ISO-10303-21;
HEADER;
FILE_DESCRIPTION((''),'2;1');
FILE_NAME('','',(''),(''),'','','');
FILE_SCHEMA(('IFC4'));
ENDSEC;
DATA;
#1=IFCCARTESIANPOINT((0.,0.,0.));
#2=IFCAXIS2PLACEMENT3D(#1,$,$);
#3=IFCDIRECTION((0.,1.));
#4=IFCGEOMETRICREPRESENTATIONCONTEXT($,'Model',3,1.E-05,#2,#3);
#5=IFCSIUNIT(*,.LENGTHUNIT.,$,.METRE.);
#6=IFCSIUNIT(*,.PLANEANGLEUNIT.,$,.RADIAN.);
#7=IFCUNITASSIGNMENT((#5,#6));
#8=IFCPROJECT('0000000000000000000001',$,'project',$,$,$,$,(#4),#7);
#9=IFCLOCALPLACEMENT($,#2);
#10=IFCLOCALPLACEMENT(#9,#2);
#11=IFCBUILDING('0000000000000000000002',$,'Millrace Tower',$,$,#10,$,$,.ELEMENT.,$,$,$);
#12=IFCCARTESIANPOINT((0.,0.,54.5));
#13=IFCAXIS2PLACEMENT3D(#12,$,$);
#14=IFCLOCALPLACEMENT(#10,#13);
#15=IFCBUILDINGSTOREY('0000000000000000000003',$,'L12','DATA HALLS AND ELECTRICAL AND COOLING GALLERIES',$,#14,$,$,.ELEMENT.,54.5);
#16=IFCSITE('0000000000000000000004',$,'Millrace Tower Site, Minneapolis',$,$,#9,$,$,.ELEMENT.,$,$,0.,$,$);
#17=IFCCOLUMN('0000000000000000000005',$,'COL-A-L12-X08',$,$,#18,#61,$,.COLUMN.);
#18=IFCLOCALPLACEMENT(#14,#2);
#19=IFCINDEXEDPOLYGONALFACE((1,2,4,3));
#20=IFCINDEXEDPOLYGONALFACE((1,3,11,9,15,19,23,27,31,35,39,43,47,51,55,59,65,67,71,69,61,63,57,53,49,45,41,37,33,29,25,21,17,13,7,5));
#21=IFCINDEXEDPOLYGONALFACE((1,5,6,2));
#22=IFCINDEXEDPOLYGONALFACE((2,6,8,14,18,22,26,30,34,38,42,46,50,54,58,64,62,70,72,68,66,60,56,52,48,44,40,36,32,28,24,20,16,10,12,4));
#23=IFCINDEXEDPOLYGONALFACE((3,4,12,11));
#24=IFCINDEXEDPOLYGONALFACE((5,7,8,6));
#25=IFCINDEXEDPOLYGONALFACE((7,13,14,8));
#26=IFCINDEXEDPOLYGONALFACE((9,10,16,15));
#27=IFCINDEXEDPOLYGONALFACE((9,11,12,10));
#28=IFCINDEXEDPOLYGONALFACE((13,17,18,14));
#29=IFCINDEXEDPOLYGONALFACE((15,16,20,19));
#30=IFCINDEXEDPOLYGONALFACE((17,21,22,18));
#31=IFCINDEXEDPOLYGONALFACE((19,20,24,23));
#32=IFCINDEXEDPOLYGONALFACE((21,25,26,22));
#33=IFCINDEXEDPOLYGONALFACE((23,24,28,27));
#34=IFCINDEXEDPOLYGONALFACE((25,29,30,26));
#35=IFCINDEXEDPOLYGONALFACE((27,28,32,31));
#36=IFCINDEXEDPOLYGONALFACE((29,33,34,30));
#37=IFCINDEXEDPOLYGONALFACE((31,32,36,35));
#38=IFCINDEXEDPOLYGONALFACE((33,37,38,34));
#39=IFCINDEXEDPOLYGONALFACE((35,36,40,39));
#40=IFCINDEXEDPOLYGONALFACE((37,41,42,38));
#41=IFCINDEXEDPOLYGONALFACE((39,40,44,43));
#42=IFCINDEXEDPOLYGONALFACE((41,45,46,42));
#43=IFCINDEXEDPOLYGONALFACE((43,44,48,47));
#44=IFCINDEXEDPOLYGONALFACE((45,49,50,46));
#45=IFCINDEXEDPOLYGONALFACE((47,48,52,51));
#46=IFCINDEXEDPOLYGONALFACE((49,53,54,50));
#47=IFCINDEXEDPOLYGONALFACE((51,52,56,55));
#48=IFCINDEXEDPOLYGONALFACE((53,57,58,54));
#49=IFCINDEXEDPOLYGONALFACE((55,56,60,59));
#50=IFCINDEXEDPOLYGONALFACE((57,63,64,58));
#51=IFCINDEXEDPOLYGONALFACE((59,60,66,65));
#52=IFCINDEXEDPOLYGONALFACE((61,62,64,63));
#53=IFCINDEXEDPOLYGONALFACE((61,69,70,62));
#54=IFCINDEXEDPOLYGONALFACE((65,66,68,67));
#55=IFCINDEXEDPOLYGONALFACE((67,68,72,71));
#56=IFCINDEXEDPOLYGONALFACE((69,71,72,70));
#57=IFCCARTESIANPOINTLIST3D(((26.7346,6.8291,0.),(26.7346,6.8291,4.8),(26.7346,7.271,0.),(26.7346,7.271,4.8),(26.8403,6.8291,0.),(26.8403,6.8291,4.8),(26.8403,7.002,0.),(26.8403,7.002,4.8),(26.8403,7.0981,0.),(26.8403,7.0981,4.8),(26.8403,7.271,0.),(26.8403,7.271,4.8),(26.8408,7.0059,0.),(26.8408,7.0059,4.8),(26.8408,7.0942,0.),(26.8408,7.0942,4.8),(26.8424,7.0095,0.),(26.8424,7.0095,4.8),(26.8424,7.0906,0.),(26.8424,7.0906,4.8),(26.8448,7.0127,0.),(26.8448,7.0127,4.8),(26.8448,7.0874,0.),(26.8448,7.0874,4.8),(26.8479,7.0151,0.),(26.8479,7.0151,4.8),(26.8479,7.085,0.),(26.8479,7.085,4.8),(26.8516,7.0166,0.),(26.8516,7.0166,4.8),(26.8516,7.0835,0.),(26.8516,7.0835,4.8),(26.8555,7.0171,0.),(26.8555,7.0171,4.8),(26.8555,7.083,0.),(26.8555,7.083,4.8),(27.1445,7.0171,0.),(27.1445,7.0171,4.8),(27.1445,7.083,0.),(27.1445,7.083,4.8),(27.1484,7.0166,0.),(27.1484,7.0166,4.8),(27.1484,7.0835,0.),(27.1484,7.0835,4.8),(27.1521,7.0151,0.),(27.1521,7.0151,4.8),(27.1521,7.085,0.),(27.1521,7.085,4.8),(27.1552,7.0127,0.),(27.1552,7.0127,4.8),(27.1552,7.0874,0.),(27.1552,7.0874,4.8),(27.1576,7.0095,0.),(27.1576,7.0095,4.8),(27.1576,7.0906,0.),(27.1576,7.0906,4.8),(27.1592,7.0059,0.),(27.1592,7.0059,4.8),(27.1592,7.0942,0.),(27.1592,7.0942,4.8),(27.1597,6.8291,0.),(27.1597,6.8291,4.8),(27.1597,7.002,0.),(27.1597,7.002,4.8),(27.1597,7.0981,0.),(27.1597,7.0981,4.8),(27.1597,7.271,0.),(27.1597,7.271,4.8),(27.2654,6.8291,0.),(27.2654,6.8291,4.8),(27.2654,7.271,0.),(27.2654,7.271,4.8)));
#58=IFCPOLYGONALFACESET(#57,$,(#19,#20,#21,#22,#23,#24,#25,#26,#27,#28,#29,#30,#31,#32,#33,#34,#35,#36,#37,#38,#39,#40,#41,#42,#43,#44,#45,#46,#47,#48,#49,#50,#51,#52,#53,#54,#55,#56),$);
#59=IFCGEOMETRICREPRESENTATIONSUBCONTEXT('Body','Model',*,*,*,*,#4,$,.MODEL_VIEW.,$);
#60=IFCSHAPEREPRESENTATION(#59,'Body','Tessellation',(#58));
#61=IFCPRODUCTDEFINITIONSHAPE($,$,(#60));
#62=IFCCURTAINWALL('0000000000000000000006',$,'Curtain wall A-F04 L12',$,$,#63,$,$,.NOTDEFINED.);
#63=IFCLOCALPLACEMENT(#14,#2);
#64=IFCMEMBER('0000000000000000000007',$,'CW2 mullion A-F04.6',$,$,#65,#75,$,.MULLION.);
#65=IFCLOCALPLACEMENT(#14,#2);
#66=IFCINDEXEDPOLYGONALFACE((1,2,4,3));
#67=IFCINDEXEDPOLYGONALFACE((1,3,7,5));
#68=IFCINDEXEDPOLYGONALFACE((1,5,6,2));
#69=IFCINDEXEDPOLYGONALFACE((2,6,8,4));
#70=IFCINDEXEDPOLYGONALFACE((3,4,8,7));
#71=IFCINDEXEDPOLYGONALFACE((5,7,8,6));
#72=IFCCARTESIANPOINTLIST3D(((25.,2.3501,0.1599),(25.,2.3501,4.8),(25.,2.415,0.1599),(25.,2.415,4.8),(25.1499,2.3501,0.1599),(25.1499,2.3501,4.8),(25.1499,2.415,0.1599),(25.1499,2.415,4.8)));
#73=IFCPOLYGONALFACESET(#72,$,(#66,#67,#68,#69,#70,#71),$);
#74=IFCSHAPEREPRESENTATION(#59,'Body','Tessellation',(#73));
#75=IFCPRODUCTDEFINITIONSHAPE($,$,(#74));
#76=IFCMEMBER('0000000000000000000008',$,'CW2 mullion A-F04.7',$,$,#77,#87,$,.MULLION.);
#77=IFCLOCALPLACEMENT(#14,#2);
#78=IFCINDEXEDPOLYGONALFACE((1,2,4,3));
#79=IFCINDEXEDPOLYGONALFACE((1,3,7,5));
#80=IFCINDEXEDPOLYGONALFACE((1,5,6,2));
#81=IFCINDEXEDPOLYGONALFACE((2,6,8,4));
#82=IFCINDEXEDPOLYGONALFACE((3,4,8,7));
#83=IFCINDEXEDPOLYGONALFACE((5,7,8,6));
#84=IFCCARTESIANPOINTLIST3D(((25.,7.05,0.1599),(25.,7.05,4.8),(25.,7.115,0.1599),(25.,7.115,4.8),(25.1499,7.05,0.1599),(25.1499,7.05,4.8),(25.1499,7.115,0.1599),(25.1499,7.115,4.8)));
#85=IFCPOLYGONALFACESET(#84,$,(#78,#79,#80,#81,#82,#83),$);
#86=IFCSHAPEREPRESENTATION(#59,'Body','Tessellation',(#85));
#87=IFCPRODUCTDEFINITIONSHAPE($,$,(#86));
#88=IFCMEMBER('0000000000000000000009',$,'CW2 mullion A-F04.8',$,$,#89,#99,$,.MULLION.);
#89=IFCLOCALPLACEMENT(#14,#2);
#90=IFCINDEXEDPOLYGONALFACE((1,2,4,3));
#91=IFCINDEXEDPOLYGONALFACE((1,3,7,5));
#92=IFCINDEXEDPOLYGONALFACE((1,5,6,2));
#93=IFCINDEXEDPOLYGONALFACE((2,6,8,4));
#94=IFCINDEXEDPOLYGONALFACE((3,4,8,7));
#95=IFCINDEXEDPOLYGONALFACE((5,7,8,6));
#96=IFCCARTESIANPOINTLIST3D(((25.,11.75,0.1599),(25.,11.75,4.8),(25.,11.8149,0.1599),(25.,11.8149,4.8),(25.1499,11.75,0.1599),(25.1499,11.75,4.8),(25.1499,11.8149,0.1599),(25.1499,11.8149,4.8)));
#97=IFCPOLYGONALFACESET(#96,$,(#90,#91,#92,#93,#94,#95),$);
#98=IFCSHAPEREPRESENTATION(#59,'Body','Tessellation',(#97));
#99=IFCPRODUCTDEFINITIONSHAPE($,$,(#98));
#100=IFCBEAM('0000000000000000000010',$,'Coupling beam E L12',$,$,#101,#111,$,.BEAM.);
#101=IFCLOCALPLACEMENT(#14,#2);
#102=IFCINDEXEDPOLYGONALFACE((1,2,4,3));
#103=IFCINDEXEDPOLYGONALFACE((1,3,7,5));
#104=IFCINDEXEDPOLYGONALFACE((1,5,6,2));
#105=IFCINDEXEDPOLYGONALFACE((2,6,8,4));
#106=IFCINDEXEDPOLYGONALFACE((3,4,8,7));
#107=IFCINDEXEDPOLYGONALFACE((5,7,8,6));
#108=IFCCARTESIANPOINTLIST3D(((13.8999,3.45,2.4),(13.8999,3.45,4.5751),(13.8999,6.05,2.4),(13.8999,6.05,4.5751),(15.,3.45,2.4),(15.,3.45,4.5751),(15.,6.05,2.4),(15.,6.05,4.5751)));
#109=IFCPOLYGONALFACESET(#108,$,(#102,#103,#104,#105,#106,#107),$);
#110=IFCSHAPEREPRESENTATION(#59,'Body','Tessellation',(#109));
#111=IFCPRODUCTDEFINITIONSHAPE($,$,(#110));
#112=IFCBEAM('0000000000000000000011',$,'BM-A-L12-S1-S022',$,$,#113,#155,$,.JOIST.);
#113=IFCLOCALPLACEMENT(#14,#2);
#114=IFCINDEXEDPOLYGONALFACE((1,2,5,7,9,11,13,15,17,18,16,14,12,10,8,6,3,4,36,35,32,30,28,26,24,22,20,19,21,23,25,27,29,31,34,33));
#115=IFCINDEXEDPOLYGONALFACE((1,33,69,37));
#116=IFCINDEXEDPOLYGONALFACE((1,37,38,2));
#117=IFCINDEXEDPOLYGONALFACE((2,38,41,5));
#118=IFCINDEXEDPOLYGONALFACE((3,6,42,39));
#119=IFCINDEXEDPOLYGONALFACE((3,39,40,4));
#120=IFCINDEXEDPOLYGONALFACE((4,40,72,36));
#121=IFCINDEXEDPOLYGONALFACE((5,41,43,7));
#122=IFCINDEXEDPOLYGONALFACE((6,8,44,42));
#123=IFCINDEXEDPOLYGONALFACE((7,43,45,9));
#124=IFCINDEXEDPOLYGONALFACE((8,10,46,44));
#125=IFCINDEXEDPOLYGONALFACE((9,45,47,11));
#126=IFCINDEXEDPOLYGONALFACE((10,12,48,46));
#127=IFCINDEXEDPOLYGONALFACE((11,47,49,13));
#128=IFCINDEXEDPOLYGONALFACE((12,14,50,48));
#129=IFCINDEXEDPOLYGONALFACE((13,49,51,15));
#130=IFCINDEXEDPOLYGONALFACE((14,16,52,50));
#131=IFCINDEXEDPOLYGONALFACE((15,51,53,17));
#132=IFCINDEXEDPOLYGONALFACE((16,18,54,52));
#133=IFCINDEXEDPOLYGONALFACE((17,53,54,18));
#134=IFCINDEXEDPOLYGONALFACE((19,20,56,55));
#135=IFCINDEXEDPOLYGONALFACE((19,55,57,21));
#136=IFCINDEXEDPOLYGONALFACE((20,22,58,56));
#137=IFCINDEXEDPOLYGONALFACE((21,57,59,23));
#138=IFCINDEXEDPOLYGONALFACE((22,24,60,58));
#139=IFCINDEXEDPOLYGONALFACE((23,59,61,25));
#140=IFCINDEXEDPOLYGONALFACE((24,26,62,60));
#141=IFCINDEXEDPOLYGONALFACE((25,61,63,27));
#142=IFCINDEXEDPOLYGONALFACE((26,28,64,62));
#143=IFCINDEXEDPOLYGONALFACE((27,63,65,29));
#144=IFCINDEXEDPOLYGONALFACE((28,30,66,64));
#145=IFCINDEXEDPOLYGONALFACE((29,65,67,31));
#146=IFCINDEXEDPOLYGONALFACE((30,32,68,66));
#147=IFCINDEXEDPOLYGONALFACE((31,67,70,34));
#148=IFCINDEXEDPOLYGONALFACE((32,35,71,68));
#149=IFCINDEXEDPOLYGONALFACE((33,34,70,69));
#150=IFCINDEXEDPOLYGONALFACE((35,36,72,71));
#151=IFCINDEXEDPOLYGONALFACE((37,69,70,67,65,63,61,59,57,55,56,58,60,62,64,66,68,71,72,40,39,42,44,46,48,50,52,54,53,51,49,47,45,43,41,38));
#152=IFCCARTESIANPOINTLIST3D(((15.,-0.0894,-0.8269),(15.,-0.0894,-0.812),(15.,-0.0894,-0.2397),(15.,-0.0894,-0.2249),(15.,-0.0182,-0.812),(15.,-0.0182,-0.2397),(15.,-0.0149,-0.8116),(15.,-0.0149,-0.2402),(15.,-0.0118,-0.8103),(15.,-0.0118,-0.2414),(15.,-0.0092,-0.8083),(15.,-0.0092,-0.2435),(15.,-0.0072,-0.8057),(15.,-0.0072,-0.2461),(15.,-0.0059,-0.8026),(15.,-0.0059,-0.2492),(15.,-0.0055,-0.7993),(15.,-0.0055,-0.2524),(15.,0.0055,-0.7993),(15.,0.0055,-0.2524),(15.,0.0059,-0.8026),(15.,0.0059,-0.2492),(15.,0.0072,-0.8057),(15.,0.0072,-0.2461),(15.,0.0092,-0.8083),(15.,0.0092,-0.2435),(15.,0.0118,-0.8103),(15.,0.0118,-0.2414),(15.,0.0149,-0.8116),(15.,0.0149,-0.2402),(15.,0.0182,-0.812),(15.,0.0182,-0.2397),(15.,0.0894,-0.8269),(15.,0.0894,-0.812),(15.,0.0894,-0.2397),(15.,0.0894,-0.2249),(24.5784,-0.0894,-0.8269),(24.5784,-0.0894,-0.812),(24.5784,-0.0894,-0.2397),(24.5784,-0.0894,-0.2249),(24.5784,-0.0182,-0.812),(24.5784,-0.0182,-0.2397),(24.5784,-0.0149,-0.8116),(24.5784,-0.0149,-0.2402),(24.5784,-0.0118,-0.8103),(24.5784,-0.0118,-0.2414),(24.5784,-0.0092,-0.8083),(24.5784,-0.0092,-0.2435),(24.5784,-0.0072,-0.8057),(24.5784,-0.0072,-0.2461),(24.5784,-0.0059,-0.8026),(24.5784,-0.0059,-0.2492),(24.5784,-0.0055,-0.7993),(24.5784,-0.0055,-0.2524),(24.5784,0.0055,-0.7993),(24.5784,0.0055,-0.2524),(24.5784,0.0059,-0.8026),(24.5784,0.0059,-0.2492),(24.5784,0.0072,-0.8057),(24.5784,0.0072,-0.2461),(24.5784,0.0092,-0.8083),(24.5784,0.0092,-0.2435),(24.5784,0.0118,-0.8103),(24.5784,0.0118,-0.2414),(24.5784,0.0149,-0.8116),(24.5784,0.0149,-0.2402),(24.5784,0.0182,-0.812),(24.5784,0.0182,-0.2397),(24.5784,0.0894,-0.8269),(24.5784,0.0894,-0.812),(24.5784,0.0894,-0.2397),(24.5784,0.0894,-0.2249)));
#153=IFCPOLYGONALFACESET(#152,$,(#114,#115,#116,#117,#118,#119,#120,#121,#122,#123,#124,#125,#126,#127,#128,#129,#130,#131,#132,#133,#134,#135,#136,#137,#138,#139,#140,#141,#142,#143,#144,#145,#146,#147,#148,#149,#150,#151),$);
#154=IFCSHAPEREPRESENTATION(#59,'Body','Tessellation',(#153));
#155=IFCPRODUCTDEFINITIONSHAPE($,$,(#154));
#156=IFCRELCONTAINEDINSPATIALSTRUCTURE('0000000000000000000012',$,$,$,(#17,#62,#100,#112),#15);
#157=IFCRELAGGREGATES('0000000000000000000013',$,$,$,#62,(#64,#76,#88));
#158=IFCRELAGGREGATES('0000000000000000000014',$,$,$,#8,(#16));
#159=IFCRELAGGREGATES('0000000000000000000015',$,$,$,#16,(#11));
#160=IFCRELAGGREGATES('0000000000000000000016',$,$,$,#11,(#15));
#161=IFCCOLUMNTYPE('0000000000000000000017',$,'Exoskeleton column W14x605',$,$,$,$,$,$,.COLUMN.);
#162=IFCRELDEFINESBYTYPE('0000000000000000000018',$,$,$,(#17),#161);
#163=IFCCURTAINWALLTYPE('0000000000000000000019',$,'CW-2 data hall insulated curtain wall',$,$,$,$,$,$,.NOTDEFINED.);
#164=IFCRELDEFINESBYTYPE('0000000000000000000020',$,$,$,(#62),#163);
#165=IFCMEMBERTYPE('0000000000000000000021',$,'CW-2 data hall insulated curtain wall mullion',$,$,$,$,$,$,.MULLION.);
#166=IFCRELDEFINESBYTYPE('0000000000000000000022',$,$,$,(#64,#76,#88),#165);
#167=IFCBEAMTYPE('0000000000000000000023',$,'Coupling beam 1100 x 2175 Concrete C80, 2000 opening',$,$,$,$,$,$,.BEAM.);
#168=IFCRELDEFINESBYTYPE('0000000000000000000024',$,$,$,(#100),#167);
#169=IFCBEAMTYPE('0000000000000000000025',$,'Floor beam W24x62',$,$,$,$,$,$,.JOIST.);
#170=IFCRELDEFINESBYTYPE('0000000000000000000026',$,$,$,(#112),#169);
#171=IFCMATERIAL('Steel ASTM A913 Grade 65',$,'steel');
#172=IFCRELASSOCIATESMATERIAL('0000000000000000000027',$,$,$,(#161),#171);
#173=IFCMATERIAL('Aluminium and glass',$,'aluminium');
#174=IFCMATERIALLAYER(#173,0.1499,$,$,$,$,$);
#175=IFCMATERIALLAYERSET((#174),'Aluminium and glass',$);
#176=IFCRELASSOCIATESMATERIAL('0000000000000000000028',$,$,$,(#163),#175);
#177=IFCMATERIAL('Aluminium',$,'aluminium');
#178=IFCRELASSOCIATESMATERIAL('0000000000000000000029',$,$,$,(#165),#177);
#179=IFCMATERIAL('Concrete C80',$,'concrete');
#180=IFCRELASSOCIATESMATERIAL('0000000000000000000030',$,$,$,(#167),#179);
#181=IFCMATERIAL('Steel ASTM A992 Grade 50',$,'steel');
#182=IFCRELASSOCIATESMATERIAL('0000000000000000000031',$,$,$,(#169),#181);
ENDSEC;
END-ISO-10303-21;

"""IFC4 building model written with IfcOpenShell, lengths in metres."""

from ifc_helpers import new_model, si_unit, direction, frame, origin, origin_2d, place, context, subcontext, project, spatial, rectangle, i_section, extrude, material, layer, layer_set, material_profile, profile_set, type_object, element, aggregate, save


model = new_model("IFC4")

# Units and contexts
model_context = context("Model", 3, precision=1e-05, world=origin(), true_north=direction((0.0, 1.0)))
body_context = subcontext(model_context, "Body", "Model", "MODEL_VIEW")
ifc_project = project(units=[si_unit("LENGTHUNIT", "METRE"), si_unit("PLANEANGLEUNIT", "RADIAN")], contexts=[model_context])

# Site, building, storey
site_placement = place(None, origin())
site = spatial("IfcSite", under=ifc_project, at=site_placement, Name="Millrace Tower Site, Minneapolis", CompositionType="ELEMENT", RefElevation=0.0)
building_placement = place(site_placement, origin())
building = spatial("IfcBuilding", under=site, at=building_placement, Name="Millrace Tower", CompositionType="ELEMENT")
storey_placement = place(building_placement, frame((0.0, 0.0, 54.5)))
storey = spatial("IfcBuildingStorey", under=building, at=storey_placement, Name="L12", Description="DATA HALLS AND ELECTRICAL AND COOLING GALLERIES", CompositionType="ELEMENT", Elevation=54.5)

# Column
ifc_material_1 = material(Name="Steel ASTM A913 Grade 65", Category="steel")
ifc_material_profile_1 = material_profile(ifc_material_1, i_section(OverallWidth=0.4419, OverallDepth=0.5308, WebThickness=0.0659, FlangeThickness=0.1057, FilletRadius=0.0151, at=origin_2d()))
ifc_profile_set_1 = profile_set([ifc_material_profile_1], Name="Steel ASTM A913 Grade 65")
column_type = type_object("IfcColumnType", Name="Exoskeleton column W14x605", PredefinedType="COLUMN", material=ifc_profile_set_1)
column_placement = place(storey_placement, frame((27.0, 7.05, 0.0), z_axis=(0.0, 0.0, 1.0), x_axis=(0.0, 1.0, 0.0)))
element("IfcColumn", 1, at=column_placement, inside=storey, type_object=column_type, Name="COL-A-L12-X08", PredefinedType="COLUMN", context=body_context, shape_type="SweptSolid", body=[
    extrude(i_section(OverallWidth=0.4419, OverallDepth=0.5308, WebThickness=0.0659, FlangeThickness=0.1057, FilletRadius=0.0151, at=origin_2d()), origin(), (0.0, 0.0, 1.0), 4.8),
])

# Curtain wall, members
ifc_material_2 = material(Name="Aluminium and glass", Category="aluminium")
ifc_layer_1 = layer(ifc_material_2, 0.1499)
ifc_layer_set_1 = layer_set([ifc_layer_1], Name="Aluminium and glass")
curtain_wall_type = type_object("IfcCurtainWallType", Name="CW-2 data hall insulated curtain wall", PredefinedType="NOTDEFINED", material=ifc_layer_set_1)
curtain_wall_placement = place(storey_placement, origin())
curtain_wall = element("IfcCurtainWall", 2, at=curtain_wall_placement, inside=storey, type_object=curtain_wall_type, Name="Curtain wall A-F04 L12", PredefinedType="NOTDEFINED")
ifc_material_3 = material(Name="Aluminium", Category="aluminium")
ifc_material_profile_2 = material_profile(ifc_material_3, rectangle(XDim=0.0649, YDim=0.1499, at=origin_2d()))
ifc_profile_set_2 = profile_set([ifc_material_profile_2], Name="Aluminium")
member_type = type_object("IfcMemberType", Name="CW-2 data hall insulated curtain wall mullion", PredefinedType="MULLION", material=ifc_profile_set_2)
member_1_placement = place(storey_placement, frame((25.075, 2.3826, 0.1599), z_axis=(0.0, 0.0, 1.0), x_axis=(0.0, 1.0, 0.0)))
member_1 = element("IfcMember", 3, at=member_1_placement, type_object=member_type, Name="CW2 mullion A-F04.6", PredefinedType="MULLION", context=body_context, shape_type="SweptSolid", body=[
    extrude(rectangle(XDim=0.0649, YDim=0.1499, at=origin_2d()), origin(), (0.0, 0.0, 1.0), 4.6401),
])
member_2_placement = place(storey_placement, frame((25.075, 7.0825, 0.1599), z_axis=(0.0, 0.0, 1.0), x_axis=(0.0, 1.0, 0.0)))
member_2 = element("IfcMember", 4, at=member_2_placement, type_object=member_type, Name="CW2 mullion A-F04.7", PredefinedType="MULLION", context=body_context, shape_type="SweptSolid", body=[
    extrude(rectangle(XDim=0.0649, YDim=0.1499, at=origin_2d()), origin(), (0.0, 0.0, 1.0), 4.6401),
])
member_3_placement = place(storey_placement, frame((25.075, 11.7825, 0.1599), z_axis=(0.0, 0.0, 1.0), x_axis=(0.0, 1.0, 0.0)))
member_3 = element("IfcMember", 5, at=member_3_placement, type_object=member_type, Name="CW2 mullion A-F04.8", PredefinedType="MULLION", context=body_context, shape_type="SweptSolid", body=[
    extrude(rectangle(XDim=0.0649, YDim=0.1499, at=origin_2d()), origin(), (0.0, 0.0, 1.0), 4.6401),
])
aggregate(curtain_wall, [member_1, member_2, member_3])

# Beams
ifc_material_4 = material(Name="Concrete C80", Category="concrete")
ifc_material_profile_3 = material_profile(ifc_material_4, rectangle(XDim=1.1001, YDim=2.175, at=origin_2d()))
ifc_profile_set_3 = profile_set([ifc_material_profile_3], Name="Concrete C80")
beam_type_1 = type_object("IfcBeamType", Name="Coupling beam 1100 x 2175 Concrete C80, 2000 opening", PredefinedType="BEAM", material=ifc_profile_set_3)
beam_1_placement = place(storey_placement, frame((14.45, 6.05, 3.4875), z_axis=(0.0, -1.0, 0.0), x_axis=(1.0, 0.0, 0.0)))
element("IfcBeam", 6, at=beam_1_placement, inside=storey, type_object=beam_type_1, Name="Coupling beam E L12", PredefinedType="BEAM", context=body_context, shape_type="SweptSolid", body=[
    extrude(rectangle(XDim=1.1001, YDim=2.175, at=origin_2d()), origin(), (0.0, 0.0, 1.0), 2.6001),
])
ifc_material_5 = material(Name="Steel ASTM A992 Grade 50", Category="steel")
ifc_material_profile_4 = material_profile(ifc_material_5, i_section(OverallWidth=0.1787, OverallDepth=0.6021, WebThickness=0.011, FlangeThickness=0.0149, FilletRadius=0.0127, at=origin_2d()))
ifc_profile_set_4 = profile_set([ifc_material_profile_4], Name="Steel ASTM A992 Grade 50")
beam_type_2 = type_object("IfcBeamType", Name="Floor beam W24x62", PredefinedType="JOIST", material=ifc_profile_set_4)
for number, where, z_axis, x_axis, name in (
    (7, (15.0, 0.0, -0.5259), (1.0, 0.0, 0.0), (0.0, 1.0, 0.0), "BM-A-L12-S1-S022"),
):
    element("IfcBeam", number, at=place(storey_placement, frame(where, z_axis=z_axis, x_axis=x_axis)), inside=storey, type_object=beam_type_2, Name=name, PredefinedType="JOIST", context=body_context, shape_type="SweptSolid", body=[
        extrude(i_section(OverallWidth=0.1787, OverallDepth=0.6021, WebThickness=0.011, FlangeThickness=0.0149, FilletRadius=0.0127, at=origin_2d()), origin(), (0.0, 0.0, 1.0), 9.5784),
    ])

save(model, "model.ifc")
